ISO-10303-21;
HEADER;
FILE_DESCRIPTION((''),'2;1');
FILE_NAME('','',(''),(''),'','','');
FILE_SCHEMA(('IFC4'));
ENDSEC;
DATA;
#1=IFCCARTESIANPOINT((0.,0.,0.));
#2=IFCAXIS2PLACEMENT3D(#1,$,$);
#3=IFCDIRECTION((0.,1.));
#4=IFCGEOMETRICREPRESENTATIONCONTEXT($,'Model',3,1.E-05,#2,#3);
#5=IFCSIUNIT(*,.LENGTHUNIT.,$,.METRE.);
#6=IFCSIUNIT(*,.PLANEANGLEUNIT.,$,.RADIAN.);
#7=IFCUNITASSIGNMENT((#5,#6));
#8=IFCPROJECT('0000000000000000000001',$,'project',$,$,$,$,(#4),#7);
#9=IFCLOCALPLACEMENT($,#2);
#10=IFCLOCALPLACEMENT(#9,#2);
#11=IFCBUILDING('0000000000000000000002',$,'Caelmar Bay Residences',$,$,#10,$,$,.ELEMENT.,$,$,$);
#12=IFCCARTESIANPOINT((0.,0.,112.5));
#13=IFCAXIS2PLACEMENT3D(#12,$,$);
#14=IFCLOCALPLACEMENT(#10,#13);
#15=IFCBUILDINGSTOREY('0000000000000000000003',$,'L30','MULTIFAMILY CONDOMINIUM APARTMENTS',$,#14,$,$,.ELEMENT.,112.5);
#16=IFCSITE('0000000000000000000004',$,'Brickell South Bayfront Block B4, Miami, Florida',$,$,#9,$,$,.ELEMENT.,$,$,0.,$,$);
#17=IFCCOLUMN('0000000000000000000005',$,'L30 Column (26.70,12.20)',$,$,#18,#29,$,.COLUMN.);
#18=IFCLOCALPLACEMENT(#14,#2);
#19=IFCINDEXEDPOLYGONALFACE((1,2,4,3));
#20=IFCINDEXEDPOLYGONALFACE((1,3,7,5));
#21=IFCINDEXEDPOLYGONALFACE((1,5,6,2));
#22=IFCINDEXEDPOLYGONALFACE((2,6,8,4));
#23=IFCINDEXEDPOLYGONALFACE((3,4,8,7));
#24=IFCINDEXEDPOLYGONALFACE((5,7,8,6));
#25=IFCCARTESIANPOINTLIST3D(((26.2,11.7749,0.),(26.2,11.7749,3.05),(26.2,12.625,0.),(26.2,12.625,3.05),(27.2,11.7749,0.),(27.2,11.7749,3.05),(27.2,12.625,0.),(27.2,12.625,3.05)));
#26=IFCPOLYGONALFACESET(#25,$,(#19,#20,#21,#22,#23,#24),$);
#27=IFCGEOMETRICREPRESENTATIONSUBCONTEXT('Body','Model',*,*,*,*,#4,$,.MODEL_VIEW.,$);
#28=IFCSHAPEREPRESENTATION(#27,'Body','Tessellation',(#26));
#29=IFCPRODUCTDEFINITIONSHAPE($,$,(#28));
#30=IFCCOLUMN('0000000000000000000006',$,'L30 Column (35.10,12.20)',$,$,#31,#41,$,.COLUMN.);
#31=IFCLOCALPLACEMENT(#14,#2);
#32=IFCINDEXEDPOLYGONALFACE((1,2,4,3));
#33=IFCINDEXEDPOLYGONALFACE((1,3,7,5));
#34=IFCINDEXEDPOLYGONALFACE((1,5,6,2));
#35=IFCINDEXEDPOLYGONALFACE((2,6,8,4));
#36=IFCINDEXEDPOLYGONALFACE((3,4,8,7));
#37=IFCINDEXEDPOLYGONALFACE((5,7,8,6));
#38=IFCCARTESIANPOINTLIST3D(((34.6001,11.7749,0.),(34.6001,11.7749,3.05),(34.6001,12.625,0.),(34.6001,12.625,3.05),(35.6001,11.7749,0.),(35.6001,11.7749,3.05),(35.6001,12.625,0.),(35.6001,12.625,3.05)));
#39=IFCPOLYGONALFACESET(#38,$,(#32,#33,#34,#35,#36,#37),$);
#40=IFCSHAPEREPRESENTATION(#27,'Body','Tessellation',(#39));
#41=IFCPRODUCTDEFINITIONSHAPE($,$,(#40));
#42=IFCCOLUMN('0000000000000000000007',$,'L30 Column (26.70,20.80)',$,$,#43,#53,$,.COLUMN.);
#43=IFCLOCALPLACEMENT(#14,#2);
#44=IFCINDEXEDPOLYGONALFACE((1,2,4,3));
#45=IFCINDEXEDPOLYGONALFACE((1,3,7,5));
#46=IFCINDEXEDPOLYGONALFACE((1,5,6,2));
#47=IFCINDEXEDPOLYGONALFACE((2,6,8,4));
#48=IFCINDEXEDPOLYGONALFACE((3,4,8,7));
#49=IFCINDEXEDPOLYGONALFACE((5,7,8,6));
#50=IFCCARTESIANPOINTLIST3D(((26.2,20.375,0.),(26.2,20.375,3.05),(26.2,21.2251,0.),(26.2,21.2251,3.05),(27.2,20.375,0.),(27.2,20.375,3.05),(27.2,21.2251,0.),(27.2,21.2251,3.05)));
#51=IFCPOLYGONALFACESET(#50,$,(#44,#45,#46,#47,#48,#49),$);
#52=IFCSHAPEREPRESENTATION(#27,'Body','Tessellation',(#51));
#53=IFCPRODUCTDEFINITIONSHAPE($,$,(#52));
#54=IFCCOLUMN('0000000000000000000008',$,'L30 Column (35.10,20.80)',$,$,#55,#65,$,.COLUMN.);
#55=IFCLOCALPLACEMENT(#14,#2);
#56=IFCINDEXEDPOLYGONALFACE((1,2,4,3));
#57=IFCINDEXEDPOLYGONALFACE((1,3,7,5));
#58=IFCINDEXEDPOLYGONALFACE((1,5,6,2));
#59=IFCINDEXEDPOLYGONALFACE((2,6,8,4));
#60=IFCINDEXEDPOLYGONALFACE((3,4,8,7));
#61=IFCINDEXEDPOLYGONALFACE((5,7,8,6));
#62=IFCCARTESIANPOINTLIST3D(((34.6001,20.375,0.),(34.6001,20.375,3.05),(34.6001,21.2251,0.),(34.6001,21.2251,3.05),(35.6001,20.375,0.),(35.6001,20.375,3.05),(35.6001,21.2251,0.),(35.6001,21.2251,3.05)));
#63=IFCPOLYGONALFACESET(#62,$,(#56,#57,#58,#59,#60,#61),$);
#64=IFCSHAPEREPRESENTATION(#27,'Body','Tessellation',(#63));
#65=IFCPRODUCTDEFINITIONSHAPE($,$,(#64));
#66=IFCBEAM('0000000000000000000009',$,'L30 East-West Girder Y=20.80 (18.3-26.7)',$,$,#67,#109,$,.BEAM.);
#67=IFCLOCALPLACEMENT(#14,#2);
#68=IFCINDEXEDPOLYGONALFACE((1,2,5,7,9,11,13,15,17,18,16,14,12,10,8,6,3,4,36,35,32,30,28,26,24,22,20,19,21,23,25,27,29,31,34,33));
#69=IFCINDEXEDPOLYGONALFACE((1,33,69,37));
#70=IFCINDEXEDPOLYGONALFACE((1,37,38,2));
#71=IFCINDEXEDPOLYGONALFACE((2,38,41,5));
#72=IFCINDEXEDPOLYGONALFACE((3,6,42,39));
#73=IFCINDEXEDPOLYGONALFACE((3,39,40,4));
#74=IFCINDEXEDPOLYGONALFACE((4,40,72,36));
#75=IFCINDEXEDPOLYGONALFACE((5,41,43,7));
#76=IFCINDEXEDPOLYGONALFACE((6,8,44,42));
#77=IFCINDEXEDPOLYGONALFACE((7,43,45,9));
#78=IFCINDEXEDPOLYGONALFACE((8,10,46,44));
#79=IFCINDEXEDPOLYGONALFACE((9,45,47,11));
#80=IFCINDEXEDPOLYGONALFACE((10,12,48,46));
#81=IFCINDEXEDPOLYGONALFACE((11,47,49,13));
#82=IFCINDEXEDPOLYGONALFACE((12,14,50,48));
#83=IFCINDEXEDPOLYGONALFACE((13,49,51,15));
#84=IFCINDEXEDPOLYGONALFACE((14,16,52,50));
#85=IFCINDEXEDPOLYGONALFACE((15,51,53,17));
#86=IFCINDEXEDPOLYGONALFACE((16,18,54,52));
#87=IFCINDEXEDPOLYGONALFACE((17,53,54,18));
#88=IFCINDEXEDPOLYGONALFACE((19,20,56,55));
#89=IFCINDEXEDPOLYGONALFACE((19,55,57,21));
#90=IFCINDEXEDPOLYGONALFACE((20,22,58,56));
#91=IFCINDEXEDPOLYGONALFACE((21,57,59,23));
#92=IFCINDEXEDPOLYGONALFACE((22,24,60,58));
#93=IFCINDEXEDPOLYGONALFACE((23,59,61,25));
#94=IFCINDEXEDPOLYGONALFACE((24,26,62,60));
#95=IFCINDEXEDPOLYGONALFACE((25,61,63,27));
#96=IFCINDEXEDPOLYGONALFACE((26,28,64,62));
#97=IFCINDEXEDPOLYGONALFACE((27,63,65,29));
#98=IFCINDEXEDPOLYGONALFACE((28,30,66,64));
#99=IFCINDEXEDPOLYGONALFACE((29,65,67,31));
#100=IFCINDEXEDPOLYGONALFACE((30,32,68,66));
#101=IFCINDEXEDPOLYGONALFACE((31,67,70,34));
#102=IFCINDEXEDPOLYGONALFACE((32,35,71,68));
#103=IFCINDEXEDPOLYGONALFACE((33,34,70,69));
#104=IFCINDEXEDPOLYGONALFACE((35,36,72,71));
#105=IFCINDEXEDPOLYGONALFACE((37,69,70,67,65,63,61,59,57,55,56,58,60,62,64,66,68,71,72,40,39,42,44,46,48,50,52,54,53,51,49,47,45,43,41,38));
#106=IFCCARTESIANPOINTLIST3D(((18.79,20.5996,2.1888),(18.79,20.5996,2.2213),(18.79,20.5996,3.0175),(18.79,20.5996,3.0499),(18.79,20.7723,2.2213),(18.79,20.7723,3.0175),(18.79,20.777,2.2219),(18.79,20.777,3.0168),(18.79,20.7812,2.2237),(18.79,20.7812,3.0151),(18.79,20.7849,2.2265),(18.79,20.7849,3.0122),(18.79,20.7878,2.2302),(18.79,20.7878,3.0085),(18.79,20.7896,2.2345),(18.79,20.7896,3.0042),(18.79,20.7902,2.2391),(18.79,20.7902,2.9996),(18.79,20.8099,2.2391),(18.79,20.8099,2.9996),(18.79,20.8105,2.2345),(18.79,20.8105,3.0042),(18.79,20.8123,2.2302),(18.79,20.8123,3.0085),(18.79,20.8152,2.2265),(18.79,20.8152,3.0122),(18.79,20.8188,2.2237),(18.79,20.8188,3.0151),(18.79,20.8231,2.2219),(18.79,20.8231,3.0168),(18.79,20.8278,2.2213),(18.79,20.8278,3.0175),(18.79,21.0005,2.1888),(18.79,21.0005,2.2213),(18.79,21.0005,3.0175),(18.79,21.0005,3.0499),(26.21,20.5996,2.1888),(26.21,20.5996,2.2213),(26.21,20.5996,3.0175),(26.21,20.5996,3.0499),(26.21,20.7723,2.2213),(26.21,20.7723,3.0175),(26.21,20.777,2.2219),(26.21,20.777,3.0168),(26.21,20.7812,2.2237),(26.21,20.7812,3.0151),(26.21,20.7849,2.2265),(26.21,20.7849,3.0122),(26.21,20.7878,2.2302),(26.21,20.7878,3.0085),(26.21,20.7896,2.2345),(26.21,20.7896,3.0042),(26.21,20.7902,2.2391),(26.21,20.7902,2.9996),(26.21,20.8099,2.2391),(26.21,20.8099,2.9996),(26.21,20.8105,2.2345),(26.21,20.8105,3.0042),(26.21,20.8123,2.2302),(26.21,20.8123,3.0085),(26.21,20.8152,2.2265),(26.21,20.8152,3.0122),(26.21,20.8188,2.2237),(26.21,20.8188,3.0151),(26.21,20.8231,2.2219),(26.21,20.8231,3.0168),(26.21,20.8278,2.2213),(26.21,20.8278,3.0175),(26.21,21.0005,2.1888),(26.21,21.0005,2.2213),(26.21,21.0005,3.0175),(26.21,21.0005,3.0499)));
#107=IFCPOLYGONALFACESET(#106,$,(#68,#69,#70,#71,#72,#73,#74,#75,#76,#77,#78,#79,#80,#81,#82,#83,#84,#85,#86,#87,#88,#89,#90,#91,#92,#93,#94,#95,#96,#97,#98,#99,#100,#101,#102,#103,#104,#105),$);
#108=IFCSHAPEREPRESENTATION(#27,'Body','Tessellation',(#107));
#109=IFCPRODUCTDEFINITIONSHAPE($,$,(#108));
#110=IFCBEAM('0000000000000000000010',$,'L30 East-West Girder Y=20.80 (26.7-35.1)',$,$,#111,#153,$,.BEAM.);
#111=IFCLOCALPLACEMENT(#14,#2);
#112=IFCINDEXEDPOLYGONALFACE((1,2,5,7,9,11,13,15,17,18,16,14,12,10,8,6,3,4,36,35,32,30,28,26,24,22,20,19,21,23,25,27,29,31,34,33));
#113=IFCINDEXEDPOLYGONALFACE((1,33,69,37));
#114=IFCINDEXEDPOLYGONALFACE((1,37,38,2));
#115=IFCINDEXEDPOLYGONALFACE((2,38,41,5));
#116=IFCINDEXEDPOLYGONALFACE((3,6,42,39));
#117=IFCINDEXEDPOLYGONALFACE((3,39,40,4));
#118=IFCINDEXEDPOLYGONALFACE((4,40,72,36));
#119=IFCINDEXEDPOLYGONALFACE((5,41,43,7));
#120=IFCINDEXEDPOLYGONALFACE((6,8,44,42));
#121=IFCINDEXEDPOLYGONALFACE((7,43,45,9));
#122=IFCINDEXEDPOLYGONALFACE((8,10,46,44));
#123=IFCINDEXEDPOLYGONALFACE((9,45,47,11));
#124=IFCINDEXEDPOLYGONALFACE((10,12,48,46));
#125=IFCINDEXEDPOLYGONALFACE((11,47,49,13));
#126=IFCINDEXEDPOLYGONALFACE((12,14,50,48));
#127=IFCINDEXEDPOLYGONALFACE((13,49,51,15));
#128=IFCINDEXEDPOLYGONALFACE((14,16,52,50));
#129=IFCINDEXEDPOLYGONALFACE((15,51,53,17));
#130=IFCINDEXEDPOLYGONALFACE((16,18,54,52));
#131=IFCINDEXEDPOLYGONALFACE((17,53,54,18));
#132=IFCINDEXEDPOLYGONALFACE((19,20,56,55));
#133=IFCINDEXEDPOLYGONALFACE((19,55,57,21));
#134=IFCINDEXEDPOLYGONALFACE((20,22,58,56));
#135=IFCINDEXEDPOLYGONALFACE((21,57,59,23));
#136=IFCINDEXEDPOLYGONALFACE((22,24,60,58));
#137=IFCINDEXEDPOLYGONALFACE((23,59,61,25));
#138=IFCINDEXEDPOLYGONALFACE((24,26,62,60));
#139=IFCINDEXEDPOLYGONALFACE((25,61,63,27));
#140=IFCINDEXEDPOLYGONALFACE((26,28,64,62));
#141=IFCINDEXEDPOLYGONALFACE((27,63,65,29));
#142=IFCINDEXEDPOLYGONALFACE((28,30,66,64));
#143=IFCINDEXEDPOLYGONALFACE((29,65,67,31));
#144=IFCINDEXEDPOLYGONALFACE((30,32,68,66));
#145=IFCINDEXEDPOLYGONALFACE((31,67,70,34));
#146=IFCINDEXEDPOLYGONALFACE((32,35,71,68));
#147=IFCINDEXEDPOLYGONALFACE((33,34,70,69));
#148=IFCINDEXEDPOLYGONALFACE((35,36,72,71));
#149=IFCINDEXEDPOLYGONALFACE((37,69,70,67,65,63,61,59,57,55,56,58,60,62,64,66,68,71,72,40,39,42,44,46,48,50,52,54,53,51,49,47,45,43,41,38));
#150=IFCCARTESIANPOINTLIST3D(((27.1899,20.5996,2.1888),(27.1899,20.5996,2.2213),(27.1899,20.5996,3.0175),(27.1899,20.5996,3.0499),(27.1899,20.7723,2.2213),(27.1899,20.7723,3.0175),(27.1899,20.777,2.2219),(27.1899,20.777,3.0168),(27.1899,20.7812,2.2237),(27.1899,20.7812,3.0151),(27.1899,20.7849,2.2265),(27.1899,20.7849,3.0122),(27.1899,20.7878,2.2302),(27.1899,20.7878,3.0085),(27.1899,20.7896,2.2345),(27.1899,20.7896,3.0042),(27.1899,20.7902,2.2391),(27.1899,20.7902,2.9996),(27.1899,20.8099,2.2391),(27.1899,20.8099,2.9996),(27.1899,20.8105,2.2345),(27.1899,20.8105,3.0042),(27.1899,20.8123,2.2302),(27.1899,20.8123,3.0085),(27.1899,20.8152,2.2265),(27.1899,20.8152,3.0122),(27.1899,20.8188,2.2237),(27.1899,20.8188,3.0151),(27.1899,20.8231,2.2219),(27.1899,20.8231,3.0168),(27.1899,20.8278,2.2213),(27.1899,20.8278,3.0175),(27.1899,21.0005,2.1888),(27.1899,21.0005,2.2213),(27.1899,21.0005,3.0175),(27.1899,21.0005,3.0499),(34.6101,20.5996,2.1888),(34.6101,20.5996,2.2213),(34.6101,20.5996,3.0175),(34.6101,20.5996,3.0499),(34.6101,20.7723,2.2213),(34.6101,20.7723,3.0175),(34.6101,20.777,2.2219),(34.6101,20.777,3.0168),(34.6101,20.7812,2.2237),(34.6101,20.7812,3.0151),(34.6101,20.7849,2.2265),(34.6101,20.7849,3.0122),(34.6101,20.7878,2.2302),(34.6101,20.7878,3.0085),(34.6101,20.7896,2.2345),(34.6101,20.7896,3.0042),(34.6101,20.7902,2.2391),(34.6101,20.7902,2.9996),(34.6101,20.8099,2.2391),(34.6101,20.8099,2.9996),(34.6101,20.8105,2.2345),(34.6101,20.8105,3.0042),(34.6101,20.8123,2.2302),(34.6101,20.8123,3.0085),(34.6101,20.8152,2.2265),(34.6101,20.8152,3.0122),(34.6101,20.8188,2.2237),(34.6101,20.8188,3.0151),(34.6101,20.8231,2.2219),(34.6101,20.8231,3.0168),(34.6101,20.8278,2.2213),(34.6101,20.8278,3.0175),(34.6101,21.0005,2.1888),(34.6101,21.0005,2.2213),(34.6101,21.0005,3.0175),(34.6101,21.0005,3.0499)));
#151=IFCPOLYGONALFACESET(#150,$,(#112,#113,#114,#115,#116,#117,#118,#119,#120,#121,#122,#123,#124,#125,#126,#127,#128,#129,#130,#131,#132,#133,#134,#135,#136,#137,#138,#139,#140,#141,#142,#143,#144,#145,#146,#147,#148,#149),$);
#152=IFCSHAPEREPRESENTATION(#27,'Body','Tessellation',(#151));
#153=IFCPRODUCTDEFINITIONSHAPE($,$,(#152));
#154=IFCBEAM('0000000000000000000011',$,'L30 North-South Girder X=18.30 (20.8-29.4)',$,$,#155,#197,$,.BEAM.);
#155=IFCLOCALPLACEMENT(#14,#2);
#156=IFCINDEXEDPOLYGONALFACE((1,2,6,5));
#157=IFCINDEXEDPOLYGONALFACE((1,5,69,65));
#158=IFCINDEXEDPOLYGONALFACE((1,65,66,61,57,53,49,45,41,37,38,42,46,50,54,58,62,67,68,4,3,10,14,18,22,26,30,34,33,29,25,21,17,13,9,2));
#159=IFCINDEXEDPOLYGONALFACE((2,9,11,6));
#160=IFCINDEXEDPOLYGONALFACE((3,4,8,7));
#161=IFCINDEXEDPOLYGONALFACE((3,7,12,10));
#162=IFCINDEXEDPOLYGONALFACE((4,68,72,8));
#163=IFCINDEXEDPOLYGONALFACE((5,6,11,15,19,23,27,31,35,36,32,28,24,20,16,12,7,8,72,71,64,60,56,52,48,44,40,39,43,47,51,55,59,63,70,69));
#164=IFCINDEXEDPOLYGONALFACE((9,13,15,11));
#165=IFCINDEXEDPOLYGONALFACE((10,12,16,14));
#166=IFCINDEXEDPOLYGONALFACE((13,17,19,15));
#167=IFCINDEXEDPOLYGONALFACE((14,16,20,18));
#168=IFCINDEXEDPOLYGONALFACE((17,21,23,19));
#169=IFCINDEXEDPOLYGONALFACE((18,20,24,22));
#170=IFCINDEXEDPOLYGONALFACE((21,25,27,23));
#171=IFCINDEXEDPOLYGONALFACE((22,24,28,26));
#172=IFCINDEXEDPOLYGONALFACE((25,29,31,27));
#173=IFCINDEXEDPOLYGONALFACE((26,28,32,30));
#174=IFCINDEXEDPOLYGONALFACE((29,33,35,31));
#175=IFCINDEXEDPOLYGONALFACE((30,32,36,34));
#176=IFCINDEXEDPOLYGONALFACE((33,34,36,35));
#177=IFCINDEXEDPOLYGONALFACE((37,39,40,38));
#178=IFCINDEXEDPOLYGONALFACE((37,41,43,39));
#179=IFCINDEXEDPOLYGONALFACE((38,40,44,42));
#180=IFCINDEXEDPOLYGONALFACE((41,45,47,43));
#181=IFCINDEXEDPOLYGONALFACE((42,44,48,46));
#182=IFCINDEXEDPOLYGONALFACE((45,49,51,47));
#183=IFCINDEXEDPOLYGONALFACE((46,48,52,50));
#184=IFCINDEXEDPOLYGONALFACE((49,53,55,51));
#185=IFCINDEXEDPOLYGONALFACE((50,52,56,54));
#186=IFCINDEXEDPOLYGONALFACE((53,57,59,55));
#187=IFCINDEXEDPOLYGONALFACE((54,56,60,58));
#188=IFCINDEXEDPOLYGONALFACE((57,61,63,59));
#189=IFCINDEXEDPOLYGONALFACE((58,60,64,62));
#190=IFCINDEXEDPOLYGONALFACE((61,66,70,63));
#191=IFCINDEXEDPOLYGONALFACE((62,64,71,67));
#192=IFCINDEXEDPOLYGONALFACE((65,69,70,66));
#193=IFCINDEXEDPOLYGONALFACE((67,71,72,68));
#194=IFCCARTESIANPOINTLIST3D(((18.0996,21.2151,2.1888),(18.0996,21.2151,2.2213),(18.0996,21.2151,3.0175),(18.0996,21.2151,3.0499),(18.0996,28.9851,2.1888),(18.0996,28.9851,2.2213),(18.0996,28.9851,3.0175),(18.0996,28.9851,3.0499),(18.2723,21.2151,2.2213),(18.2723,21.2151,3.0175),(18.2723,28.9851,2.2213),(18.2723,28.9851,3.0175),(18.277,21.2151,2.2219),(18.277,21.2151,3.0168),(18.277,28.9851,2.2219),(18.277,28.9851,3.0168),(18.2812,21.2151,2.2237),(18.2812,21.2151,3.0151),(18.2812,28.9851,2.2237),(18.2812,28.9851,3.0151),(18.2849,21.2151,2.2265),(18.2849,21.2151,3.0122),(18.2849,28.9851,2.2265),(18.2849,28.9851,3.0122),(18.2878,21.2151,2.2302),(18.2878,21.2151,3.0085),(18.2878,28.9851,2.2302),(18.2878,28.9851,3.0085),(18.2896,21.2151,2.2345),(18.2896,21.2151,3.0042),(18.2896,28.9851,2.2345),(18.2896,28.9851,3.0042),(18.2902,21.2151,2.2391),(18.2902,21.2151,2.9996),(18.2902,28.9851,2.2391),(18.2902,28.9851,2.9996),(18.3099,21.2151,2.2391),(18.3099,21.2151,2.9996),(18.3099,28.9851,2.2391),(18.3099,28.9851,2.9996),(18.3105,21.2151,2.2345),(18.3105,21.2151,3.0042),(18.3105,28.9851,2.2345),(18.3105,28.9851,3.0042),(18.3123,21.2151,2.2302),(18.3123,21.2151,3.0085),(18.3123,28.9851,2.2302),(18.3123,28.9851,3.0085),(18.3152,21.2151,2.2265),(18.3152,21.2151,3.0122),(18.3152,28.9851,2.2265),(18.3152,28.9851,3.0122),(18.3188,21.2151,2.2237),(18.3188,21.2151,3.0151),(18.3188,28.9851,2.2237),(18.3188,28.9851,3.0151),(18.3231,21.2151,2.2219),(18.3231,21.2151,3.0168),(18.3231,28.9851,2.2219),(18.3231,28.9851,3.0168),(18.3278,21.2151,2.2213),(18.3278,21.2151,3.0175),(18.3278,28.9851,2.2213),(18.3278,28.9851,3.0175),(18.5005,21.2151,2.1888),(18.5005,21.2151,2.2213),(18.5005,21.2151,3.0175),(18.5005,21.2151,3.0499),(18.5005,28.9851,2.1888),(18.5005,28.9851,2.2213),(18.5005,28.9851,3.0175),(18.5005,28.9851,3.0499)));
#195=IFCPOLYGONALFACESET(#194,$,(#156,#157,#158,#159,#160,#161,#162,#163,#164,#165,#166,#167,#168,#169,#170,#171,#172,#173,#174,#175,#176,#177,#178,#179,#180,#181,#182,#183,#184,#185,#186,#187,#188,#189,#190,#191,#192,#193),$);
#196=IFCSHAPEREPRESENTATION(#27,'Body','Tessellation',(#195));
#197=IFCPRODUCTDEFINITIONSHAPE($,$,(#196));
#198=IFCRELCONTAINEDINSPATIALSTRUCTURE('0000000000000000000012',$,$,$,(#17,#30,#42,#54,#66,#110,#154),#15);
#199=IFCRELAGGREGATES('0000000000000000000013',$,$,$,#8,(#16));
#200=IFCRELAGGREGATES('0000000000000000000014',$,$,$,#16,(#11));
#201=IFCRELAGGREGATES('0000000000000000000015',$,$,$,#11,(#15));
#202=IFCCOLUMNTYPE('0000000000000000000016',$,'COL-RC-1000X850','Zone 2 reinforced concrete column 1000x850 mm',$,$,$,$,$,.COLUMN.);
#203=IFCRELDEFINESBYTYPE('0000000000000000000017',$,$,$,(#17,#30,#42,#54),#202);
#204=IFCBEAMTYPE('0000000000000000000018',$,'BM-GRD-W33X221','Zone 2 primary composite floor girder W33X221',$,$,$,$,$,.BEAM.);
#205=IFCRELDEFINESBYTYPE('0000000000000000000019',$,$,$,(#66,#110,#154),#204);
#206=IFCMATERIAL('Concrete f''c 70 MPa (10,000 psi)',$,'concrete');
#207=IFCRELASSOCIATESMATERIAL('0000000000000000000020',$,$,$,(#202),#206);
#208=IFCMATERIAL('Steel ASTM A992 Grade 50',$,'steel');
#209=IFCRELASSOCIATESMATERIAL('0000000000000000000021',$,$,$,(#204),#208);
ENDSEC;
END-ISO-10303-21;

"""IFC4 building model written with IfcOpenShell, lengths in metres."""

from ifc_helpers import new_model, si_unit, direction, frame, origin, origin_2d, place, context, subcontext, project, spatial, rectangle, i_section, extrude, material, material_profile, profile_set, type_object, element, save


model = new_model("IFC4")

# Units and contexts
model_context = context("Model", 3, precision=1e-05, world=origin(), true_north=direction((0.0, 1.0)))
body_context = subcontext(model_context, "Body", "Model", "MODEL_VIEW")
ifc_project = project(units=[si_unit("LENGTHUNIT", "METRE"), si_unit("PLANEANGLEUNIT", "RADIAN")], contexts=[model_context])

# Site, building, storey
site_placement = place(None, origin())
site = spatial("IfcSite", under=ifc_project, at=site_placement, Name="Brickell South Bayfront Block B4, Miami, Florida", CompositionType="ELEMENT", RefElevation=0.0)
building_placement = place(site_placement, origin())
building = spatial("IfcBuilding", under=site, at=building_placement, Name="Caelmar Bay Residences", CompositionType="ELEMENT")
storey_placement = place(building_placement, frame((0.0, 0.0, 112.5)))
storey = spatial("IfcBuildingStorey", under=building, at=storey_placement, Name="L30", Description="MULTIFAMILY CONDOMINIUM APARTMENTS", CompositionType="ELEMENT", Elevation=112.5)

# Columns
ifc_material_1 = material(Name="Concrete f'c 70 MPa (10,000 psi)", Category="concrete")
ifc_material_profile_1 = material_profile(ifc_material_1, rectangle(XDim=1.0, YDim=0.8501, at=origin_2d()), Name="RC-COL-1000X850")
ifc_profile_set_1 = profile_set([ifc_material_profile_1], Name="Concrete f'c 70 MPa (10,000 psi)")
column_type = type_object("IfcColumnType", Name="COL-RC-1000X850", Description="Zone 2 reinforced concrete column 1000x850 mm", PredefinedType="COLUMN", material=ifc_profile_set_1)
for number, where, z_axis, x_axis, name in (
    (1, (26.7, 12.2, 0.0), (0.0, 0.0, 1.0), (1.0, 0.0, 0.0), "L30 Column (26.70,12.20)"),
    (2, (35.1001, 12.2, 0.0), (0.0, 0.0, 1.0), (1.0, 0.0, 0.0), "L30 Column (35.10,12.20)"),
    (3, (26.7, 20.8, 0.0), (0.0, 0.0, 1.0), (1.0, 0.0, 0.0), "L30 Column (26.70,20.80)"),
    (4, (35.1001, 20.8, 0.0), (0.0, 0.0, 1.0), (1.0, 0.0, 0.0), "L30 Column (35.10,20.80)"),
):
    element("IfcColumn", number, at=place(storey_placement, frame(where, z_axis=z_axis, x_axis=x_axis)), inside=storey, type_object=column_type, Name=name, PredefinedType="COLUMN", context=body_context, shape_type="SweptSolid", body=[
        extrude(rectangle(XDim=1.0, YDim=0.8501, at=origin_2d()), origin(), (0.0, 0.0, 1.0), 3.05),
    ])

# Beams
ifc_material_2 = material(Name="Steel ASTM A992 Grade 50", Category="steel")
ifc_material_profile_2 = material_profile(ifc_material_2, i_section(OverallWidth=0.4009, OverallDepth=0.8611, WebThickness=0.0198, FlangeThickness=0.0325, FilletRadius=0.0178, at=origin_2d()), Name="W33X221")
ifc_profile_set_2 = profile_set([ifc_material_profile_2], Name="Steel ASTM A992 Grade 50")
beam_type_1 = type_object("IfcBeamType", Name="BM-GRD-W33X221", Description="Zone 2 primary composite floor girder W33X221", PredefinedType="BEAM", material=ifc_profile_set_2)
beam_1_placement = place(storey_placement, frame((18.79, 20.8, 2.6194), z_axis=(1.0, 0.0, 0.0), x_axis=(0.0, 1.0, 0.0)))
element("IfcBeam", 5, at=beam_1_placement, inside=storey, type_object=beam_type_1, Name="L30 East-West Girder Y=20.80 (18.3-26.7)", PredefinedType="BEAM", context=body_context, shape_type="SweptSolid", body=[
    extrude(i_section(OverallWidth=0.4009, OverallDepth=0.8611, WebThickness=0.0198, FlangeThickness=0.0325, FilletRadius=0.0178, at=origin_2d()), origin(), (0.0, 0.0, 1.0), 7.4199),
])
beam_2_placement = place(storey_placement, frame((27.1899, 20.8, 2.6194), z_axis=(1.0, 0.0, 0.0), x_axis=(0.0, 1.0, 0.0)))
element("IfcBeam", 6, at=beam_2_placement, inside=storey, type_object=beam_type_1, Name="L30 East-West Girder Y=20.80 (26.7-35.1)", PredefinedType="BEAM", context=body_context, shape_type="SweptSolid", body=[
    extrude(i_section(OverallWidth=0.4009, OverallDepth=0.8611, WebThickness=0.0198, FlangeThickness=0.0325, FilletRadius=0.0178, at=origin_2d()), origin(), (0.0, 0.0, 1.0), 7.4202),
])
for number, where, z_axis, x_axis, name in (
    (7, (18.3, 21.2151, 2.6194), (0.0, 1.0, 0.0), (-1.0, 0.0, 0.0), "L30 North-South Girder X=18.30 (20.8-29.4)"),
):
    element("IfcBeam", number, at=place(storey_placement, frame(where, z_axis=z_axis, x_axis=x_axis)), inside=storey, type_object=beam_type_1, Name=name, PredefinedType="BEAM", context=body_context, shape_type="SweptSolid", body=[
        extrude(i_section(OverallWidth=0.4009, OverallDepth=0.8611, WebThickness=0.0198, FlangeThickness=0.0325, FilletRadius=0.0178, at=origin_2d()), origin(), (0.0, 0.0, 1.0), 7.77),
    ])

save(model, "model.ifc")
